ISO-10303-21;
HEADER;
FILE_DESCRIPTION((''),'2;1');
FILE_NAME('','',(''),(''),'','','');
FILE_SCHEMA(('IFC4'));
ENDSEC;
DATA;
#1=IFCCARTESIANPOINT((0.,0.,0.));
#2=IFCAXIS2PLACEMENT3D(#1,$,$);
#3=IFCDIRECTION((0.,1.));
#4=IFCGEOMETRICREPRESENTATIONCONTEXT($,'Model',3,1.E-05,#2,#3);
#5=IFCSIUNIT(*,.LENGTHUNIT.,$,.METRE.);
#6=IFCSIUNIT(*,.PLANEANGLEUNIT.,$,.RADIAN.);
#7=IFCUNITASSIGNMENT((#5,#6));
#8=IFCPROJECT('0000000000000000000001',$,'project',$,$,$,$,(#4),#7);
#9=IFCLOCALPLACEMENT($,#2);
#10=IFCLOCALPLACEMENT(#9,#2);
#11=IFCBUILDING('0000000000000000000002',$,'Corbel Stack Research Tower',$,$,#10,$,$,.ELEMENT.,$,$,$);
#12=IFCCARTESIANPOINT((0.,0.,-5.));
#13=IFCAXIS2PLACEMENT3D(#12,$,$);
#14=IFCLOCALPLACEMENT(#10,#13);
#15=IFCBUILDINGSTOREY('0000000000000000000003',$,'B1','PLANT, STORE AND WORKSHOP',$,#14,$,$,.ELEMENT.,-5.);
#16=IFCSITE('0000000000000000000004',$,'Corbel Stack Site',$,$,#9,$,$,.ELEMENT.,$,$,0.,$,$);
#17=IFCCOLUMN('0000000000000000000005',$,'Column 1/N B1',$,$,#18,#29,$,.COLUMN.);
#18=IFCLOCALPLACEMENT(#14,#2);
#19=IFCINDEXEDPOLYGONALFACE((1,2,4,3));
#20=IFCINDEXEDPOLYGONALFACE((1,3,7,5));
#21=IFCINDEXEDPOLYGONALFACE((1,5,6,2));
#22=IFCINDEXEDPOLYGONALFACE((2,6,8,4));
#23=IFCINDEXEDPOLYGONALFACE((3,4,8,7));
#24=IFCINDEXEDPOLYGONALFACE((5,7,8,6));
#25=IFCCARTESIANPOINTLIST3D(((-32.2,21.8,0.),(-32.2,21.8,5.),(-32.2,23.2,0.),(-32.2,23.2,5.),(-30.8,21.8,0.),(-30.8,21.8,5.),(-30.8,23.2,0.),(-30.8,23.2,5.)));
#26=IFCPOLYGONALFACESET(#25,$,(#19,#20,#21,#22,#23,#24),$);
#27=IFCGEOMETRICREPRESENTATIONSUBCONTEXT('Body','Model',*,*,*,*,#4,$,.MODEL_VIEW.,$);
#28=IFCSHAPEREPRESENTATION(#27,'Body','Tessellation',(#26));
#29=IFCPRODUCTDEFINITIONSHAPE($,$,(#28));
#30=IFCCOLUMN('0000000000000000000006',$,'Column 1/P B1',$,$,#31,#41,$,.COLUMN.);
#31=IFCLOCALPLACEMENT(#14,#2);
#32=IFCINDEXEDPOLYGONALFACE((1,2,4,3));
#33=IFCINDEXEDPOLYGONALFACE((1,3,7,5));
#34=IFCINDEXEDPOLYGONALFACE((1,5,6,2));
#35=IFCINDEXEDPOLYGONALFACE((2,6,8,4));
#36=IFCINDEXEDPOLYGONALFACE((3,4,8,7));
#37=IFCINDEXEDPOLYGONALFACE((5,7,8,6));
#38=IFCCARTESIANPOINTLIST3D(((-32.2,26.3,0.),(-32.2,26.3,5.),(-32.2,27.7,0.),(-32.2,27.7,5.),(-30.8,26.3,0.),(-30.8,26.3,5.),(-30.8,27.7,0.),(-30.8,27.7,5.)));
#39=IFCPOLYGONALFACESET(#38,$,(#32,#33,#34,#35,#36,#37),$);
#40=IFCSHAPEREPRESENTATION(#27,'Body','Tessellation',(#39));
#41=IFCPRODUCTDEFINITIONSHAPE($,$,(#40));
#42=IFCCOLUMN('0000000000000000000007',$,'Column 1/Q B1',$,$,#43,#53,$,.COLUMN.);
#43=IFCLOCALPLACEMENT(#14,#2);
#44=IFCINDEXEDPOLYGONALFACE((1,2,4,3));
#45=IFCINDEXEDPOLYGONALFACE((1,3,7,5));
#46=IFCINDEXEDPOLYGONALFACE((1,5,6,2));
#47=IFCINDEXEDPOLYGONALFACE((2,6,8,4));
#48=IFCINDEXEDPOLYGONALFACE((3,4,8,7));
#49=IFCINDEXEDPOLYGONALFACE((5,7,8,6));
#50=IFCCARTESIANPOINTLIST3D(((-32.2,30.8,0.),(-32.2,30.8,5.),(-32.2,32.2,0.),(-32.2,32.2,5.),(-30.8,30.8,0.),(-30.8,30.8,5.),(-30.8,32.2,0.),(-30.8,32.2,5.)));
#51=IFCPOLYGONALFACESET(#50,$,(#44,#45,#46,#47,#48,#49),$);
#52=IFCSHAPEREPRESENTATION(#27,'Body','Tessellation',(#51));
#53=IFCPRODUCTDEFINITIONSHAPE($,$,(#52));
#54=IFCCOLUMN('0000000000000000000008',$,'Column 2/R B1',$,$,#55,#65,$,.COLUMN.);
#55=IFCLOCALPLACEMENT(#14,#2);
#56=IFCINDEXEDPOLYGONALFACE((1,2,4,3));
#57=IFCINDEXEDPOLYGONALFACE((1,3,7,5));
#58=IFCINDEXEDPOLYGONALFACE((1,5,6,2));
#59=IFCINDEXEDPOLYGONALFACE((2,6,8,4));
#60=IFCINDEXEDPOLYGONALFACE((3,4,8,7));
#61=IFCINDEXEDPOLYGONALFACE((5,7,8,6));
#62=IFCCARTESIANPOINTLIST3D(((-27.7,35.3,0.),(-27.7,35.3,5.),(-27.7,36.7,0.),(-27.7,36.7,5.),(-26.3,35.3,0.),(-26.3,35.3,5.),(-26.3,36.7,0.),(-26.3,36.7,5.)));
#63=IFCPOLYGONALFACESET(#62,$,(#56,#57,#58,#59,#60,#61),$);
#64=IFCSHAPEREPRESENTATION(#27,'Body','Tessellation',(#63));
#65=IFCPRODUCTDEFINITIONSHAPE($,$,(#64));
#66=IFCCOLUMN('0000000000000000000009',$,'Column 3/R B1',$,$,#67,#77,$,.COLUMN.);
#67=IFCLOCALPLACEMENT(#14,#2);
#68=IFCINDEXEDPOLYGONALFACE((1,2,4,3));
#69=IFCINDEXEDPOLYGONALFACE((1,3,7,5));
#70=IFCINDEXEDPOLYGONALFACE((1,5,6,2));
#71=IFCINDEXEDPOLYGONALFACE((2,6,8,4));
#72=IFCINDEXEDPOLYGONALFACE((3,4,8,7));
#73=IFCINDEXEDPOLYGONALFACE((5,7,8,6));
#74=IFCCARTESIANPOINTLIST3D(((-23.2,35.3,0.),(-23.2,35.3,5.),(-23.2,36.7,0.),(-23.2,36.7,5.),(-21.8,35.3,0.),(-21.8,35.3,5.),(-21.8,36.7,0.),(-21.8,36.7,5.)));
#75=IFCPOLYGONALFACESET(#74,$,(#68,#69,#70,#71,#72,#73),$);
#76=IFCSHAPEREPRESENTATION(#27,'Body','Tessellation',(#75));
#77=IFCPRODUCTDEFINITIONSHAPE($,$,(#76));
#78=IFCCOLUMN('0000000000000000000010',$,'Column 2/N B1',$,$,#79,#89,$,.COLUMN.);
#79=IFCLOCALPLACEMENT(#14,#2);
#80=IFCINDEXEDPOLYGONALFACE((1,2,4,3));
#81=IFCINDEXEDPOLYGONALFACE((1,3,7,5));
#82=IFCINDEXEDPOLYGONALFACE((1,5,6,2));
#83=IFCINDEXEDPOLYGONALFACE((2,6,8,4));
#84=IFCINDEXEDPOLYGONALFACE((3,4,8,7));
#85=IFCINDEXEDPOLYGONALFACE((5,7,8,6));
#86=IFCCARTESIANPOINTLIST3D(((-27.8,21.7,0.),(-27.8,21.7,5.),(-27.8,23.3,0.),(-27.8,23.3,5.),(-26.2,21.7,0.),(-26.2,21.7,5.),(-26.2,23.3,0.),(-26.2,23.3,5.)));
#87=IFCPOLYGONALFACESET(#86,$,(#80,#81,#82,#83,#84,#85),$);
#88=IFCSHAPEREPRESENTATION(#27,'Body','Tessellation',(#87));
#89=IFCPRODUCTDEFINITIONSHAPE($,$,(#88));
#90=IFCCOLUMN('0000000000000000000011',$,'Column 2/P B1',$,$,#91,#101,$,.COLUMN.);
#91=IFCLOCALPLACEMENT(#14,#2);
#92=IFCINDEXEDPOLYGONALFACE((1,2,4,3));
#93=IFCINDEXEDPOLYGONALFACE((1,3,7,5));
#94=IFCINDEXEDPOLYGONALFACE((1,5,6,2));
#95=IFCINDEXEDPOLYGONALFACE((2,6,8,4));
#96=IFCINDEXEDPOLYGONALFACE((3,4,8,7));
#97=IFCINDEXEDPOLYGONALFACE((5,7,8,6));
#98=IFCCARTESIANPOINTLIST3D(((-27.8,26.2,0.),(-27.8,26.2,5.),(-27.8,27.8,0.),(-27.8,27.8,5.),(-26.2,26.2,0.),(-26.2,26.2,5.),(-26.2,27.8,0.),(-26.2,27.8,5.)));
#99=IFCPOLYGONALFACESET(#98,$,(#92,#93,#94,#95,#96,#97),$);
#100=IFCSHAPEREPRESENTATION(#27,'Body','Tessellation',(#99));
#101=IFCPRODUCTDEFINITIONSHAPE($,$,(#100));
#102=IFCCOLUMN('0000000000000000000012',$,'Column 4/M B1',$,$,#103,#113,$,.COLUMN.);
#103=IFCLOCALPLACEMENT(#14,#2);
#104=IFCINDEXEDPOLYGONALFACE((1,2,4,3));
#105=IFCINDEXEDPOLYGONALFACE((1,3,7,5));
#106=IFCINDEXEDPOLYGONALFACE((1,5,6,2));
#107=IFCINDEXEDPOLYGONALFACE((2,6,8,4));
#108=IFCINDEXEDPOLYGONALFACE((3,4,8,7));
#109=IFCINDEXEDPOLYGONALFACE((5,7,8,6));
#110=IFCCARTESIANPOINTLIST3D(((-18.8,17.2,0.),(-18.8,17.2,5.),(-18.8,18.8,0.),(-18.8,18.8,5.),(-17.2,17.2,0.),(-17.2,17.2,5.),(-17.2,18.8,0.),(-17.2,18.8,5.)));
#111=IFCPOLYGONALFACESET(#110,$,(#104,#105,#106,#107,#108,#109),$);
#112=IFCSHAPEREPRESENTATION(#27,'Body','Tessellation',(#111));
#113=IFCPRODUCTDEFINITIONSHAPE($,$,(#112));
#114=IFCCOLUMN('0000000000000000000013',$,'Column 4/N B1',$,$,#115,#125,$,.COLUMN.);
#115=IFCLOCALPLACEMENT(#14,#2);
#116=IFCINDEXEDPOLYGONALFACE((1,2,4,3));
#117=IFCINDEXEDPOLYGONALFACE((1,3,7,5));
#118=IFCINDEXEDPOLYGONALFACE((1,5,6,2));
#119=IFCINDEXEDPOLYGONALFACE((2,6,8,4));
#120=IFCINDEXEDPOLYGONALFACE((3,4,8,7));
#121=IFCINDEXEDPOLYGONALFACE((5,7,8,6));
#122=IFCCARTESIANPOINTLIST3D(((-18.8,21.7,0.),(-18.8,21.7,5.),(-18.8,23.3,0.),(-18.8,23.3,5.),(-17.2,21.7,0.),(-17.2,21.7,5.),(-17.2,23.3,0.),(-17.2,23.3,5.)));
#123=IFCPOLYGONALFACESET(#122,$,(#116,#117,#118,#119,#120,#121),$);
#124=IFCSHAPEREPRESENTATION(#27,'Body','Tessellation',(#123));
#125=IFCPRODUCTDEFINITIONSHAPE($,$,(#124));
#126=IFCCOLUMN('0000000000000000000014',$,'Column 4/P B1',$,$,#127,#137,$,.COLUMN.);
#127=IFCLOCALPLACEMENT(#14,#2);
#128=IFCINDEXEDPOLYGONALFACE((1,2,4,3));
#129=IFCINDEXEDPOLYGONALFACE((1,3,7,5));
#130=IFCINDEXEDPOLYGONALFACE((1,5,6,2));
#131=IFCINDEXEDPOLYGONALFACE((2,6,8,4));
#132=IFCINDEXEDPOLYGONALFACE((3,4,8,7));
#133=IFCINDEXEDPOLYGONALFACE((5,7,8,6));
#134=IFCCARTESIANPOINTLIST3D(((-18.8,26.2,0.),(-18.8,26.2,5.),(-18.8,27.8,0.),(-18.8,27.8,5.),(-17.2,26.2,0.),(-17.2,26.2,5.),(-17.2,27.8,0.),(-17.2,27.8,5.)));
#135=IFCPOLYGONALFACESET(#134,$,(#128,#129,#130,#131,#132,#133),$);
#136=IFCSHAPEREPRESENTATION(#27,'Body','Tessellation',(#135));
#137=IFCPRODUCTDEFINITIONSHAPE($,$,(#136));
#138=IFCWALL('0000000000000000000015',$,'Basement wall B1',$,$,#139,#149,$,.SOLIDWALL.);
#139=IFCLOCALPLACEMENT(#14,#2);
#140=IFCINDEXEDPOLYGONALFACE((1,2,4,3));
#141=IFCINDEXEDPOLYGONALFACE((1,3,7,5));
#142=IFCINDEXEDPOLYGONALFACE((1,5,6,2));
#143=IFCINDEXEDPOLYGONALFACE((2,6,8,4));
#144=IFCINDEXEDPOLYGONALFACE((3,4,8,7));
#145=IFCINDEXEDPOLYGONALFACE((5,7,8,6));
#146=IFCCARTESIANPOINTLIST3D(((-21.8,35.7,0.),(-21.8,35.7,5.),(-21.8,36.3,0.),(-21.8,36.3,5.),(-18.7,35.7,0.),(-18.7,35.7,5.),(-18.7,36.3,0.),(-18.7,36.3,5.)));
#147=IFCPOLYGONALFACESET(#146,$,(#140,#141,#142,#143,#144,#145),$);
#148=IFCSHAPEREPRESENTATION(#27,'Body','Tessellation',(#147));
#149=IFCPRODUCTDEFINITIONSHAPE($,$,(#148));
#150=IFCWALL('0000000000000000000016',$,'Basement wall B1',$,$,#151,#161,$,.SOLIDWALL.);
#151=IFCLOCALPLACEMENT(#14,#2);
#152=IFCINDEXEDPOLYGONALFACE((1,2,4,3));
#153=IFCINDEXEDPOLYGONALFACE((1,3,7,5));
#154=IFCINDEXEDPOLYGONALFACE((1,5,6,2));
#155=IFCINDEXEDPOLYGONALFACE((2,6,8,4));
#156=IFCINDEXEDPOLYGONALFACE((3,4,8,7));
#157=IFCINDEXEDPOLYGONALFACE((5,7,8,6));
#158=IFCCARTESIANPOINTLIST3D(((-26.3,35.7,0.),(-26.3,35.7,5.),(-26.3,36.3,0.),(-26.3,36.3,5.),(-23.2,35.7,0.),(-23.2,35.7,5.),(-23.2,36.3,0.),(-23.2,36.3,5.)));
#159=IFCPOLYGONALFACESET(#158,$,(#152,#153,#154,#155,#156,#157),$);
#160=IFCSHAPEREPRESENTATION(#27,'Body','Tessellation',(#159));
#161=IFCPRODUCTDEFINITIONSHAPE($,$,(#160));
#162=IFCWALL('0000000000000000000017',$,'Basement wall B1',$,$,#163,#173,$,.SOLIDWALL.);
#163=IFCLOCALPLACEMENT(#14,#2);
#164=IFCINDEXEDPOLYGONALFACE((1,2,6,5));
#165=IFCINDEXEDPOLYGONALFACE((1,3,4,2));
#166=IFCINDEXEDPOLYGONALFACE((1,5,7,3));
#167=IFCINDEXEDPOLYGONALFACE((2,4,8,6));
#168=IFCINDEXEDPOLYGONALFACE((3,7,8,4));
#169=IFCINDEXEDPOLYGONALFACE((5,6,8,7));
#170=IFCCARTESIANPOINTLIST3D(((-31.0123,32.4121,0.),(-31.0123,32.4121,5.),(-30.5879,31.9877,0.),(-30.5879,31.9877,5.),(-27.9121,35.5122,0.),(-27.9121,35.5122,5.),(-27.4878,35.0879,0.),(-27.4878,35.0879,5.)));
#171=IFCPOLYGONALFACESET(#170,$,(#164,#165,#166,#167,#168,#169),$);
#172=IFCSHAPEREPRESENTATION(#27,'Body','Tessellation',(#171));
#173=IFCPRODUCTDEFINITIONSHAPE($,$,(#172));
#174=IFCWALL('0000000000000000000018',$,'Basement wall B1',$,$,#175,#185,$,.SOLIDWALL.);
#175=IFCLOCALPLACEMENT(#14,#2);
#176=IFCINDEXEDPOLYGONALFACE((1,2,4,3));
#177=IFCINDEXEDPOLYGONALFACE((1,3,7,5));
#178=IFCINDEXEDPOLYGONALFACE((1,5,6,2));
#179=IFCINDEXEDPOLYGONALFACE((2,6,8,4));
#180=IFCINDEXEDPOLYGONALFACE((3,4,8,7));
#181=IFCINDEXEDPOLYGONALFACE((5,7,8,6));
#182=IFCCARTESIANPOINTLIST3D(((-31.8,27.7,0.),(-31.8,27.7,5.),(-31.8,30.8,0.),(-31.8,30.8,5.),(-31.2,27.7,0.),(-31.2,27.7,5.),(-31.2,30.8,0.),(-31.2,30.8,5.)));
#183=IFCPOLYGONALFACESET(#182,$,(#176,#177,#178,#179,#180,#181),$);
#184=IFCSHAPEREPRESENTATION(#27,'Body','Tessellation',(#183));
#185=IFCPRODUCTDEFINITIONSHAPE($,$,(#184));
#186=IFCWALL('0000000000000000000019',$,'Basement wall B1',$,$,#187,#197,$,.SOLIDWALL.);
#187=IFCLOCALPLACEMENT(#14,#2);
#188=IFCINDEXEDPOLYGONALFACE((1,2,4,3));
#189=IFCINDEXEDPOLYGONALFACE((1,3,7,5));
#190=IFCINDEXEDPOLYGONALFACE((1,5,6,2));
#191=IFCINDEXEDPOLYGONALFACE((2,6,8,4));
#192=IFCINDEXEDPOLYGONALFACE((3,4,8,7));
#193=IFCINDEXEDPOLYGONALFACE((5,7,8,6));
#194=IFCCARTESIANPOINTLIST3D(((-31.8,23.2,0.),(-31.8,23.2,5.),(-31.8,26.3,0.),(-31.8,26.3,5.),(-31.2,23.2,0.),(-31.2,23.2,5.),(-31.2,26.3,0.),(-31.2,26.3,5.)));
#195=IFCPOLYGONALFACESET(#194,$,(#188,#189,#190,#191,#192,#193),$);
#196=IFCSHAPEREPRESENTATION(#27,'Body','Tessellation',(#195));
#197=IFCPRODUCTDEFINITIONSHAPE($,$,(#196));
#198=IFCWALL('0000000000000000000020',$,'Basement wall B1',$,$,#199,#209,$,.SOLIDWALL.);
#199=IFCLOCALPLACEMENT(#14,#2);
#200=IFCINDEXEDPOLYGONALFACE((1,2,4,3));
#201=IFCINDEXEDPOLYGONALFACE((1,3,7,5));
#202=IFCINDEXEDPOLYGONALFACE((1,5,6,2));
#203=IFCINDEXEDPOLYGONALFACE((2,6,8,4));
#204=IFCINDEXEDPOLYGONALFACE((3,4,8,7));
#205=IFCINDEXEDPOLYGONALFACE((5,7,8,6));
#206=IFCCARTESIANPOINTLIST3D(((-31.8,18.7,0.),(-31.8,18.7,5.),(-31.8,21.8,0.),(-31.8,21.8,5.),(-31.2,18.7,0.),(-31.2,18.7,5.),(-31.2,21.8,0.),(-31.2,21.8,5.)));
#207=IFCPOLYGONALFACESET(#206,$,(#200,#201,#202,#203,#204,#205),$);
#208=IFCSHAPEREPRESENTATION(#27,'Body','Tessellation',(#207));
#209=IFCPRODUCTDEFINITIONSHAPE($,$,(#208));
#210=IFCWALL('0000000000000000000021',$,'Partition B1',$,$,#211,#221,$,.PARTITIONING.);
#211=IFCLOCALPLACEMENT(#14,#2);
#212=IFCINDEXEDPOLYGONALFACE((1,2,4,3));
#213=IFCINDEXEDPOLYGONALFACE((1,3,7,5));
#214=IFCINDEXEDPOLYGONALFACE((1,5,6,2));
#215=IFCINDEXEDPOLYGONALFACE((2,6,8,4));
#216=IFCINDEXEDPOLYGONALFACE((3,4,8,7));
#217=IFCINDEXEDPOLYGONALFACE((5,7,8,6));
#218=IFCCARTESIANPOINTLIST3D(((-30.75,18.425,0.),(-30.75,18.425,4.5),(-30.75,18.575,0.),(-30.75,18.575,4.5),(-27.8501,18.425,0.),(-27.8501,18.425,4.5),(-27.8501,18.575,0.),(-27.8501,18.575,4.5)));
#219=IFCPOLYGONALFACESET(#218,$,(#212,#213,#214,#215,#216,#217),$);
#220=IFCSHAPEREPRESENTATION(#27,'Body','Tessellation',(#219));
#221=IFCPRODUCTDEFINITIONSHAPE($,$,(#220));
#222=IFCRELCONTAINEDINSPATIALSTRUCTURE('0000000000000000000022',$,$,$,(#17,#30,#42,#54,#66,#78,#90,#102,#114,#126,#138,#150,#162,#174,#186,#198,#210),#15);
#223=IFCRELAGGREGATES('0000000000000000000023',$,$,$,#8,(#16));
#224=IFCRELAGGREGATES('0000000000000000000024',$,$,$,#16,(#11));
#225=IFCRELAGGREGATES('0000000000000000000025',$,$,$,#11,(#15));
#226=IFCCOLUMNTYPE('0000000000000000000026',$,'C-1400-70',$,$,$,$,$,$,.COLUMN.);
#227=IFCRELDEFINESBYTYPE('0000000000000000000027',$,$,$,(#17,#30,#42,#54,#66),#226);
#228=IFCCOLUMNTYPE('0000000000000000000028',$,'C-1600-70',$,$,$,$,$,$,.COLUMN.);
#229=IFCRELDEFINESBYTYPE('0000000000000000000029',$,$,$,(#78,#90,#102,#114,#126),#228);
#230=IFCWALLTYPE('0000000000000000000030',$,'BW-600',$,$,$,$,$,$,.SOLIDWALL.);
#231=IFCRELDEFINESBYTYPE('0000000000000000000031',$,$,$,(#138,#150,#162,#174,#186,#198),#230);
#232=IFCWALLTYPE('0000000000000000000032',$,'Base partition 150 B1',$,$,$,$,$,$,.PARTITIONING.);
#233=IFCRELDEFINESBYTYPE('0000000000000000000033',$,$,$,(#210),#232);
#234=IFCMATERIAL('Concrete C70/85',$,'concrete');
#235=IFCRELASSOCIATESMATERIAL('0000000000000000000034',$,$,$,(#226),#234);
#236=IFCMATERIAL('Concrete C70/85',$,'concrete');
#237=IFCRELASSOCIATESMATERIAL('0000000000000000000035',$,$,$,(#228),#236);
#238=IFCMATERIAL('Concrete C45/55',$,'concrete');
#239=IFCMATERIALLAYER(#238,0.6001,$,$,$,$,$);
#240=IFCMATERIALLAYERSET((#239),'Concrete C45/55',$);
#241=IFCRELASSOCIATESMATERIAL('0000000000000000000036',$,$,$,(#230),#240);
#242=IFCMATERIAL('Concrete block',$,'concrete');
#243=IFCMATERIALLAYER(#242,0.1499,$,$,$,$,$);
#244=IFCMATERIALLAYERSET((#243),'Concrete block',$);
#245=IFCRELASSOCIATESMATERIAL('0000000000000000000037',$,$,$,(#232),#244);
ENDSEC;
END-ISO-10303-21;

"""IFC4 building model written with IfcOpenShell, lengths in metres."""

from ifc_helpers import new_model, si_unit, direction, frame, frame_2d, origin, origin_2d, place, context, subcontext, project, spatial, rectangle, extrude, material, layer, layer_set, material_profile, profile_set, type_object, element, save


model = new_model("IFC4")

# Units and contexts
model_context = context("Model", 3, precision=1e-05, world=origin(), true_north=direction((0.0, 1.0)))
body_context = subcontext(model_context, "Body", "Model", "MODEL_VIEW")
ifc_project = project(units=[si_unit("LENGTHUNIT", "METRE"), si_unit("PLANEANGLEUNIT", "RADIAN")], contexts=[model_context])

# Site, building, storey
site_placement = place(None, origin())
site = spatial("IfcSite", under=ifc_project, at=site_placement, Name="Corbel Stack Site", CompositionType="ELEMENT", RefElevation=0.0)
building_placement = place(site_placement, origin())
building = spatial("IfcBuilding", under=site, at=building_placement, Name="Corbel Stack Research Tower", CompositionType="ELEMENT")
storey_placement = place(building_placement, frame((0.0, 0.0, -5.0)))
storey = spatial("IfcBuildingStorey", under=building, at=storey_placement, Name="B1", Description="PLANT, STORE AND WORKSHOP", CompositionType="ELEMENT", Elevation=-5.0)

# Columns
ifc_material_1 = material(Name="Concrete C70/85", Category="concrete")
ifc_material_profile_1 = material_profile(ifc_material_1, rectangle(XDim=1.3999, YDim=1.3999, at=origin_2d()), Name="RC 1400 x 1400")
ifc_profile_set_1 = profile_set([ifc_material_profile_1], Name="Concrete C70/85")
column_type_1 = type_object("IfcColumnType", Name="C-1400-70", PredefinedType="COLUMN", material=ifc_profile_set_1)
for number, where, z_axis, x_axis, name in (
    (1, (-31.5, 22.5, 0.0), (0.0, 0.0, 1.0), (1.0, 0.0, 0.0), "Column 1/N B1"),
    (2, (-31.5, 27.0, 0.0), (0.0, 0.0, 1.0), (1.0, 0.0, 0.0), "Column 1/P B1"),
    (3, (-31.5, 31.5, 0.0), (0.0, 0.0, 1.0), (1.0, 0.0, 0.0), "Column 1/Q B1"),
    (4, (-27.0, 36.0, 0.0), (0.0, 0.0, 1.0), (1.0, 0.0, 0.0), "Column 2/R B1"),
    (5, (-22.5, 36.0, 0.0), (0.0, 0.0, 1.0), (1.0, 0.0, 0.0), "Column 3/R B1"),
):
    element("IfcColumn", number, at=place(storey_placement, frame(where, z_axis=z_axis, x_axis=x_axis)), inside=storey, type_object=column_type_1, Name=name, PredefinedType="COLUMN", context=body_context, shape_type="SweptSolid", body=[
        extrude(rectangle(XDim=1.3999, YDim=1.3999, at=origin_2d()), origin(), (0.0, 0.0, 1.0), 5.0),
    ])
ifc_material_2 = material(Name="Concrete C70/85", Category="concrete")
ifc_material_profile_2 = material_profile(ifc_material_2, rectangle(XDim=1.6001, YDim=1.6001, at=origin_2d()), Name="RC 1600 x 1600")
ifc_profile_set_2 = profile_set([ifc_material_profile_2], Name="Concrete C70/85")
column_type_2 = type_object("IfcColumnType", Name="C-1600-70", PredefinedType="COLUMN", material=ifc_profile_set_2)
for number, where, z_axis, x_axis, name in (
    (6, (-27.0, 22.5, 0.0), (0.0, 0.0, 1.0), (1.0, 0.0, 0.0), "Column 2/N B1"),
    (7, (-27.0, 27.0, 0.0), (0.0, 0.0, 1.0), (1.0, 0.0, 0.0), "Column 2/P B1"),
    (8, (-18.0, 18.0, 0.0), (0.0, 0.0, 1.0), (1.0, 0.0, 0.0), "Column 4/M B1"),
    (9, (-18.0, 22.5, 0.0), (0.0, 0.0, 1.0), (1.0, 0.0, 0.0), "Column 4/N B1"),
    (10, (-18.0, 27.0, 0.0), (0.0, 0.0, 1.0), (1.0, 0.0, 0.0), "Column 4/P B1"),
):
    element("IfcColumn", number, at=place(storey_placement, frame(where, z_axis=z_axis, x_axis=x_axis)), inside=storey, type_object=column_type_2, Name=name, PredefinedType="COLUMN", context=body_context, shape_type="SweptSolid", body=[
        extrude(rectangle(XDim=1.6001, YDim=1.6001, at=origin_2d()), origin(), (0.0, 0.0, 1.0), 5.0),
    ])

# Walls
ifc_material_3 = material(Name="Concrete C45/55", Category="concrete")
ifc_layer_1 = layer(ifc_material_3, 0.6001)
ifc_layer_set_1 = layer_set([ifc_layer_1], Name="Concrete C45/55")
wall_type_1 = type_object("IfcWallType", Name="BW-600", PredefinedType="SOLIDWALL", material=ifc_layer_set_1)
for number, where, z_axis, x_axis, name in (
    (11, (-18.7, 36.0, 0.0), (0.0, 0.0, 1.0), (-1.0, 0.0, 0.0), "Basement wall B1"),
    (12, (-23.2, 36.0, 0.0), (0.0, 0.0, 1.0), (-1.0, 0.0, 0.0), "Basement wall B1"),
):
    element("IfcWall", number, at=place(storey_placement, frame(where, z_axis=z_axis, x_axis=x_axis)), inside=storey, type_object=wall_type_1, Name=name, PredefinedType="SOLIDWALL", context=body_context, shape_type="SweptSolid", body=[
        extrude(rectangle(XDim=3.1001, YDim=0.6001, at=frame_2d((1.55, 0.0))), origin(), (0.0, 0.0, 1.0), 5.0),
    ])
wall_1_placement = place(storey_placement, frame((-27.7, 35.3, 0.0), z_axis=(0.0, 0.0, 1.0), x_axis=(-0.707107, -0.707107, 0.0)))
element("IfcWall", 13, at=wall_1_placement, inside=storey, type_object=wall_type_1, Name="Basement wall B1", PredefinedType="SOLIDWALL", context=body_context, shape_type="SweptSolid", body=[
    extrude(rectangle(XDim=4.3843, YDim=0.6001, at=frame_2d((2.1921, 0.0))), origin(), (0.0, 0.0, 1.0), 5.0),
])
for number, where, z_axis, x_axis, name in (
    (14, (-31.5, 30.8, 0.0), (0.0, 0.0, 1.0), (0.0, -1.0, 0.0), "Basement wall B1"),
    (15, (-31.5, 26.3, 0.0), (0.0, 0.0, 1.0), (0.0, -1.0, 0.0), "Basement wall B1"),
    (16, (-31.5, 21.8, 0.0), (0.0, 0.0, 1.0), (0.0, -1.0, 0.0), "Basement wall B1"),
):
    element("IfcWall", number, at=place(storey_placement, frame(where, z_axis=z_axis, x_axis=x_axis)), inside=storey, type_object=wall_type_1, Name=name, PredefinedType="SOLIDWALL", context=body_context, shape_type="SweptSolid", body=[
        extrude(rectangle(XDim=3.1001, YDim=0.6001, at=frame_2d((1.55, 0.0))), origin(), (0.0, 0.0, 1.0), 5.0),
    ])
ifc_material_4 = material(Name="Concrete block", Category="concrete")
ifc_layer_2 = layer(ifc_material_4, 0.1499)
ifc_layer_set_2 = layer_set([ifc_layer_2], Name="Concrete block")
wall_type_2 = type_object("IfcWallType", Name="Base partition 150 B1", PredefinedType="PARTITIONING", material=ifc_layer_set_2)
wall_2_placement = place(storey_placement, frame((-30.75, 18.5, 0.0), z_axis=(0.0, 0.0, 1.0), x_axis=(1.0, 0.0, 0.0)))
element("IfcWall", 17, at=wall_2_placement, inside=storey, type_object=wall_type_2, Name="Partition B1", PredefinedType="PARTITIONING", context=body_context, shape_type="SweptSolid", body=[
    extrude(rectangle(XDim=2.8999, YDim=0.1499, at=frame_2d((1.45, 0.0))), origin(), (0.0, 0.0, 1.0), 4.5),
])

save(model, "model.ifc")
